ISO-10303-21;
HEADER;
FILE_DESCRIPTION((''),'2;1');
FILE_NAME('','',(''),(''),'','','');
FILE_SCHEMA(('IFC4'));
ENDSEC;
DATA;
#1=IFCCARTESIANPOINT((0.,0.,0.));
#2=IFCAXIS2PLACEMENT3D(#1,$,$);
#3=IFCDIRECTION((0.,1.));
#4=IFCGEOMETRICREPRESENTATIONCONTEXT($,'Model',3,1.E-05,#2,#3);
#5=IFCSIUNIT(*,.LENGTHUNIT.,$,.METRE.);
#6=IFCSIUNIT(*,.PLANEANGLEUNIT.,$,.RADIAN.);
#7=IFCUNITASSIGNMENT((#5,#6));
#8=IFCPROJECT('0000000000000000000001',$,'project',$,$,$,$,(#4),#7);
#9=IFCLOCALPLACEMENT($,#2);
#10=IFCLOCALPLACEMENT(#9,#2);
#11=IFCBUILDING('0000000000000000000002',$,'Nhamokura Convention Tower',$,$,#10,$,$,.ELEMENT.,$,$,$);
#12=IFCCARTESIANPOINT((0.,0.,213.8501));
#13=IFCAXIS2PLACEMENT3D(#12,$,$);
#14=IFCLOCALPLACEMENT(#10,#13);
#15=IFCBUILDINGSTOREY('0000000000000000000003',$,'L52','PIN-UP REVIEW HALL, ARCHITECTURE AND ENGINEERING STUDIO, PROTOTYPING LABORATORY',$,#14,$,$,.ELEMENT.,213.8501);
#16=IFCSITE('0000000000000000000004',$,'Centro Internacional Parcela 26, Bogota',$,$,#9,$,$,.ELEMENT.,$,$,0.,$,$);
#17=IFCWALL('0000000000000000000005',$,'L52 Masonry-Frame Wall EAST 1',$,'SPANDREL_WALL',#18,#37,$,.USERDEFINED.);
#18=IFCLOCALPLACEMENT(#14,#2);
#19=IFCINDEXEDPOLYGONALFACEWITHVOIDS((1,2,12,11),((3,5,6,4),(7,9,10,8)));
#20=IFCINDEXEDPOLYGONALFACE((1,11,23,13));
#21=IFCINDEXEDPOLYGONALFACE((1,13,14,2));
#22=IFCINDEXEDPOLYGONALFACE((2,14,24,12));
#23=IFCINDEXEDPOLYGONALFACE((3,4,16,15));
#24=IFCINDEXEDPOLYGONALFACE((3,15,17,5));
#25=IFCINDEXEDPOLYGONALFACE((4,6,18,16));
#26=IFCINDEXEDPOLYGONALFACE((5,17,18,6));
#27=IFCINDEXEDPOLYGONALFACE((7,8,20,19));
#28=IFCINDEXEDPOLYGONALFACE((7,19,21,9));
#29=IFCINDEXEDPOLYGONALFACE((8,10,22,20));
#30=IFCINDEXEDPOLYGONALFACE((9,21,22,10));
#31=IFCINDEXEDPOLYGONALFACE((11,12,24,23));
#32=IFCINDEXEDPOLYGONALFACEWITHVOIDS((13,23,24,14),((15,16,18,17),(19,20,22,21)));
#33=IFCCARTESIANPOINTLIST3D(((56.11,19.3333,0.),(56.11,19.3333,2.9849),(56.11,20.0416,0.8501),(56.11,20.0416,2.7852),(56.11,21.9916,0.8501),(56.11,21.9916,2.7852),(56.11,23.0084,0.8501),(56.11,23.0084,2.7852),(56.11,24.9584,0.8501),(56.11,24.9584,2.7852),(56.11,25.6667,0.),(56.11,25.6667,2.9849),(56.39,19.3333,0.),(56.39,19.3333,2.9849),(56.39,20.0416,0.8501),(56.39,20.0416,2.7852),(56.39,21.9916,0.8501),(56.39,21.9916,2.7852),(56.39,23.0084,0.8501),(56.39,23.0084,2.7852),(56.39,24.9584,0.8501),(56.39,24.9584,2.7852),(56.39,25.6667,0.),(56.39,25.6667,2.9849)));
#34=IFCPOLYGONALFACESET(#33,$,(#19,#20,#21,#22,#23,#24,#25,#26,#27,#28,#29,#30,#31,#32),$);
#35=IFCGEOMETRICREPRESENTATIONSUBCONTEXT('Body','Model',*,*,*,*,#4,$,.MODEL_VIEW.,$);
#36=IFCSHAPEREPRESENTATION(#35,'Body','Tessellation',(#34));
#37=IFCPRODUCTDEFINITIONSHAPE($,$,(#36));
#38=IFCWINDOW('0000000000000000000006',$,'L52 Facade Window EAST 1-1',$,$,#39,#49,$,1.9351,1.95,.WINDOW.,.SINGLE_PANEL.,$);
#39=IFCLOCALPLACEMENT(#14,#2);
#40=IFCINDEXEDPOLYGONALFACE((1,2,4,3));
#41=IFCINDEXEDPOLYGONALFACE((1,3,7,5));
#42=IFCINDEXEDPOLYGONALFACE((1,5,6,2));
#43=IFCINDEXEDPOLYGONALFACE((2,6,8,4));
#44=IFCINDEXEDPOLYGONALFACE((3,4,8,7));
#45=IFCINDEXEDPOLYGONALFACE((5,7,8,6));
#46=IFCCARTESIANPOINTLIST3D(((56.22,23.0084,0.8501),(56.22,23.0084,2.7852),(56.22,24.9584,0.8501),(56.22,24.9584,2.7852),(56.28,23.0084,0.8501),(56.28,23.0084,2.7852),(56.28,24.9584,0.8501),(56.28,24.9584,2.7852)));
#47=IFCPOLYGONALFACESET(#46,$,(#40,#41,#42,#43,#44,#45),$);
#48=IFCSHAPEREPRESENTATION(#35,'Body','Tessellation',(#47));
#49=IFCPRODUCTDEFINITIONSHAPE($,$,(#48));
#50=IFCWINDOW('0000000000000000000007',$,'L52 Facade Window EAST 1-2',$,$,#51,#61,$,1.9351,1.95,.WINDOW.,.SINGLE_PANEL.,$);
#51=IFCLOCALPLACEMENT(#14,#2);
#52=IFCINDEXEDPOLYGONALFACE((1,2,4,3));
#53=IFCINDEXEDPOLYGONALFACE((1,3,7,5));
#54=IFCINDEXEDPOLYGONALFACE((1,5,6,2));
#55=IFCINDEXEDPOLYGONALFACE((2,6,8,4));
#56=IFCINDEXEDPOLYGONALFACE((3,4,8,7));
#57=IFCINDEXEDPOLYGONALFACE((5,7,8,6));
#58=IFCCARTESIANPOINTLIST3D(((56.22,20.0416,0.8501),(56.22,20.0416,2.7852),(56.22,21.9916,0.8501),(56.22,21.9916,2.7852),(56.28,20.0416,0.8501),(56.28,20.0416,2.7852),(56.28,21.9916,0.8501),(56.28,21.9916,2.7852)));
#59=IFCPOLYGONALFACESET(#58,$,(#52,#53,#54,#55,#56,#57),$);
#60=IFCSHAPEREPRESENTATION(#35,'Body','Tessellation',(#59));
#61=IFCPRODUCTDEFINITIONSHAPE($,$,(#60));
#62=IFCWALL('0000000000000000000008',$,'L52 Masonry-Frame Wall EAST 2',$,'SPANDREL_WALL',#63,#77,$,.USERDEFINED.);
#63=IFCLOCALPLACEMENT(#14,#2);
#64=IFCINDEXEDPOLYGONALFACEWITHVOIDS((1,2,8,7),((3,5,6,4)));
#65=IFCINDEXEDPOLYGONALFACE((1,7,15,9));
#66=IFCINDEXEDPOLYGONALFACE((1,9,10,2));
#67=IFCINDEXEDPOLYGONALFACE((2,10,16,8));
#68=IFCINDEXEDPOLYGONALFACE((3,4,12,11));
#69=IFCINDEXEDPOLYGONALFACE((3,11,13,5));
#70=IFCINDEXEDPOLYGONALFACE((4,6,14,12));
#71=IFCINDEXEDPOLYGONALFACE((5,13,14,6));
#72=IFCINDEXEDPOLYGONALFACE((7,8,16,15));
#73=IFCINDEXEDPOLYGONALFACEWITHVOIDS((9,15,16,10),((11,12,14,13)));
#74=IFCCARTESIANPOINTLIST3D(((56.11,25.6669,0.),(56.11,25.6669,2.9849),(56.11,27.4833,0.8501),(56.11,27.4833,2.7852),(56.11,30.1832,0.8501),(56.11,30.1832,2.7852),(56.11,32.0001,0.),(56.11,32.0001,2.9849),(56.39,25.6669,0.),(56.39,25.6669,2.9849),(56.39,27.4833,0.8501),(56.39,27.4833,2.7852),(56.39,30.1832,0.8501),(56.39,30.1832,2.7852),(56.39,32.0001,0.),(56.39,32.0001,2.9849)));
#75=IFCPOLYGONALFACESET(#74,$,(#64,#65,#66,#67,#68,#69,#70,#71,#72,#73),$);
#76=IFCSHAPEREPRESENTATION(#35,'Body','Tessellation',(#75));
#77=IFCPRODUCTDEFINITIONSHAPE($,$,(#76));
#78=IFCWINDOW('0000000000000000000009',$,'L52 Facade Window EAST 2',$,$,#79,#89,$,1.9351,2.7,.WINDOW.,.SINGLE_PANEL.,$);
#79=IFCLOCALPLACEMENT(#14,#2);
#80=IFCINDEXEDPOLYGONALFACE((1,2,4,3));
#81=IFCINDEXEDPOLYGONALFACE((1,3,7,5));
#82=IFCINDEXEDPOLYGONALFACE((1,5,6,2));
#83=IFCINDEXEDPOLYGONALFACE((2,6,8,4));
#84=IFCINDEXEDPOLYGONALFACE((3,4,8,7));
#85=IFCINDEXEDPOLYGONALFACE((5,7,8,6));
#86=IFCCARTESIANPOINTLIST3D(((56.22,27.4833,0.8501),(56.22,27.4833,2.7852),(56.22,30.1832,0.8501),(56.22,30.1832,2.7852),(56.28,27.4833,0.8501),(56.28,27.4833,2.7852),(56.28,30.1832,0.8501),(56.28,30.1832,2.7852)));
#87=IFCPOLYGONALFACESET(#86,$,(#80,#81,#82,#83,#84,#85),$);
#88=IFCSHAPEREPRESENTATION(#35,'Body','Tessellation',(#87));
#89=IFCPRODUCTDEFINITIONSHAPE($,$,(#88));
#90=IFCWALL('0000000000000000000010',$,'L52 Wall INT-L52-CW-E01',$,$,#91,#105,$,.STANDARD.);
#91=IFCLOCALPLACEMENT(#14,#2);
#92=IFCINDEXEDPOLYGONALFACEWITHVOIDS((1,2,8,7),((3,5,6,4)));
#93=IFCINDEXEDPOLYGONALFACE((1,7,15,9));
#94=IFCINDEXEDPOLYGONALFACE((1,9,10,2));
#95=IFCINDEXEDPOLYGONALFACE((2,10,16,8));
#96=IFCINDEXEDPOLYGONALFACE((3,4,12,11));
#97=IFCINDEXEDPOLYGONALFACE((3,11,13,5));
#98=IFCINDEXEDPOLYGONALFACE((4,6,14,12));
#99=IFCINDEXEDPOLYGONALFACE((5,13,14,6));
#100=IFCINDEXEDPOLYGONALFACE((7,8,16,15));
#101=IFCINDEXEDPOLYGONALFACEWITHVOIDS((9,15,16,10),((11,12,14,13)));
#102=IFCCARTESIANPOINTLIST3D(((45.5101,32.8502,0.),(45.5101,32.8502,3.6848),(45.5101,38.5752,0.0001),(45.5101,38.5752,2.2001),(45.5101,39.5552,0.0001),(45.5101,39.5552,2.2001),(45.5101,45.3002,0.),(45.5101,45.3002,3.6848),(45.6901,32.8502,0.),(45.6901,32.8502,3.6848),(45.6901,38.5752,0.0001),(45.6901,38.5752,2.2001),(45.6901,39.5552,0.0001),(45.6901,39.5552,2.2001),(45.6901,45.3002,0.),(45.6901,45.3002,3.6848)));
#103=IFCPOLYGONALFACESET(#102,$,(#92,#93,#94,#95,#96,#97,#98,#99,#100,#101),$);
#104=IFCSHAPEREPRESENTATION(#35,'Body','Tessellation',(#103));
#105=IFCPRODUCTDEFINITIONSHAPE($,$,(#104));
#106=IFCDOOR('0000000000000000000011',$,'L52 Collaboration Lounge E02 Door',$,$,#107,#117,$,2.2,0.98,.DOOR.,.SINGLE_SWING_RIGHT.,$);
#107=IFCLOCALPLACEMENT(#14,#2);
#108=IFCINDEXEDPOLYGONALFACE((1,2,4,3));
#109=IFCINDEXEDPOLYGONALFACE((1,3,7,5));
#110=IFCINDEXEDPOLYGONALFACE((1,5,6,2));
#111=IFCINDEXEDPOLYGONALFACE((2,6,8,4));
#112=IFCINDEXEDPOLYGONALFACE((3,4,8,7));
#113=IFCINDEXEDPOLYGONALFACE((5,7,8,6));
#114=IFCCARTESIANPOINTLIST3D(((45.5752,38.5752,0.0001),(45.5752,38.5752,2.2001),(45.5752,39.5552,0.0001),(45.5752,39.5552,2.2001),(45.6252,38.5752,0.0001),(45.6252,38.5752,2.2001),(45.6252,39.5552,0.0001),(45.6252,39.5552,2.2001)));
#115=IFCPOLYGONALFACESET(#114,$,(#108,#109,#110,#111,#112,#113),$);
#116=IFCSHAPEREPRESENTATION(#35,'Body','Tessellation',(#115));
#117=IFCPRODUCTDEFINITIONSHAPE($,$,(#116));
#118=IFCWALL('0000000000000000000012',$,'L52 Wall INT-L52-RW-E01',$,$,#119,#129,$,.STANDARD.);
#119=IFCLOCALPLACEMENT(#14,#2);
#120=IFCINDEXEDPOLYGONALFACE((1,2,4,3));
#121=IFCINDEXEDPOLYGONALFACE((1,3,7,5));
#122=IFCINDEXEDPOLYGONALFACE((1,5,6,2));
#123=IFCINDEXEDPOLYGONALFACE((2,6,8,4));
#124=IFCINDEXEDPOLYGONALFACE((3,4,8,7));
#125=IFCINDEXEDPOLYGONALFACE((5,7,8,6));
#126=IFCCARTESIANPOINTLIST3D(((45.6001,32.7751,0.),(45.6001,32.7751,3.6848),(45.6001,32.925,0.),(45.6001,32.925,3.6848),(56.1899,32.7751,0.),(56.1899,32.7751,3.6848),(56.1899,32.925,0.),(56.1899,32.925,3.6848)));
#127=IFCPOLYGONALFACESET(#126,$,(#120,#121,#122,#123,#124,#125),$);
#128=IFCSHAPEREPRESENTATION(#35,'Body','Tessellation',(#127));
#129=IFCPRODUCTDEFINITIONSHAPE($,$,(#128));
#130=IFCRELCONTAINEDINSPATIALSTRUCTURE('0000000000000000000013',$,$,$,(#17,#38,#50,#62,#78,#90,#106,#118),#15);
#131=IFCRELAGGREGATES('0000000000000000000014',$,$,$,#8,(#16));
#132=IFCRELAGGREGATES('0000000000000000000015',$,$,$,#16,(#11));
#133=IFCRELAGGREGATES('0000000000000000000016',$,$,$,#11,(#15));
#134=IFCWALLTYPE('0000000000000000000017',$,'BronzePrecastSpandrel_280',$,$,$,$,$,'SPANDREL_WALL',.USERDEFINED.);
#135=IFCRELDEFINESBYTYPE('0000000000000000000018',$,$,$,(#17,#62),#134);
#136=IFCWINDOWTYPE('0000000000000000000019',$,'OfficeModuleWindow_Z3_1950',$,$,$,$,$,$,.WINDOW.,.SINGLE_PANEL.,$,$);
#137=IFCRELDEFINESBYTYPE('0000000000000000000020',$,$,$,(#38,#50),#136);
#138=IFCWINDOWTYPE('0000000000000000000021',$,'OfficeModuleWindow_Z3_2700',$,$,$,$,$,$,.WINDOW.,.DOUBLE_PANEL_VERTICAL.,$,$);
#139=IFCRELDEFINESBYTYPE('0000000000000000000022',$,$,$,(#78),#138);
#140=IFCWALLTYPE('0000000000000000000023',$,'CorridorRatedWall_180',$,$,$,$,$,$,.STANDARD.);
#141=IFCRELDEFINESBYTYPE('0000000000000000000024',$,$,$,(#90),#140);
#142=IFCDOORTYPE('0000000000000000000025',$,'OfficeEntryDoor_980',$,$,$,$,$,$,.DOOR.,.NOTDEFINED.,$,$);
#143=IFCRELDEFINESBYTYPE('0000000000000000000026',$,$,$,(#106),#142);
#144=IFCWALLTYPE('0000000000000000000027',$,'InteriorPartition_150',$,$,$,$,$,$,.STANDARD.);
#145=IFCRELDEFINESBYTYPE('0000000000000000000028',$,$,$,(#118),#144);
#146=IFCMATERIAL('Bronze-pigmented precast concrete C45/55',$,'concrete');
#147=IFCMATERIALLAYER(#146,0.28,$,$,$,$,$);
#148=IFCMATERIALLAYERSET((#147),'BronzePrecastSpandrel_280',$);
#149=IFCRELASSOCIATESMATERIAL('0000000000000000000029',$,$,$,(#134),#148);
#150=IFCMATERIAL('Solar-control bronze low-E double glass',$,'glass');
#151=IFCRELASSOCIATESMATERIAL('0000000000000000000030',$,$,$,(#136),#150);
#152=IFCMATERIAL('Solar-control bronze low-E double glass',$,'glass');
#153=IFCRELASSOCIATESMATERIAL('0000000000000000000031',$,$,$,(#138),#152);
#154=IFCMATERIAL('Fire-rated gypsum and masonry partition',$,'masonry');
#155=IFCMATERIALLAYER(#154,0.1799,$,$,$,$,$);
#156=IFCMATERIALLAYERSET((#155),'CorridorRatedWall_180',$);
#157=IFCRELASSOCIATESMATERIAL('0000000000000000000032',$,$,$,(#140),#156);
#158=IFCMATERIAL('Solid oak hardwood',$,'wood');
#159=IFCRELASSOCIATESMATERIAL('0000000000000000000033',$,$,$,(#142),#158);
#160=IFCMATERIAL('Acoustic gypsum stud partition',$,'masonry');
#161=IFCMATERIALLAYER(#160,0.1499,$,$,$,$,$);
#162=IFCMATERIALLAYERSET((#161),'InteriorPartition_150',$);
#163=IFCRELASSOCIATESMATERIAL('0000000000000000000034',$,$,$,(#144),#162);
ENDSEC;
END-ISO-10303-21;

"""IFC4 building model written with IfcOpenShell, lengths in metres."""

from ifc_helpers import new_model, si_unit, direction, frame, frame_2d, origin, place, context, subcontext, project, spatial, rectangle, extrude, material, layer, layer_set, type_object, element, fill, save


model = new_model("IFC4")

# Units and contexts
model_context = context("Model", 3, precision=1e-05, world=origin(), true_north=direction((0.0, 1.0)))
body_context = subcontext(model_context, "Body", "Model", "MODEL_VIEW")
ifc_project = project(units=[si_unit("LENGTHUNIT", "METRE"), si_unit("PLANEANGLEUNIT", "RADIAN")], contexts=[model_context])

# Site, building, storey
site_placement = place(None, origin())
site = spatial("IfcSite", under=ifc_project, at=site_placement, Name="Centro Internacional Parcela 26, Bogota", CompositionType="ELEMENT", RefElevation=0.0)
building_placement = place(site_placement, origin())
building = spatial("IfcBuilding", under=site, at=building_placement, Name="Nhamokura Convention Tower", CompositionType="ELEMENT")
storey_placement = place(building_placement, frame((0.0, 0.0, 213.8501)))
storey = spatial("IfcBuildingStorey", under=building, at=storey_placement, Name="L52", Description="PIN-UP REVIEW HALL, ARCHITECTURE AND ENGINEERING STUDIO, PROTOTYPING LABORATORY", CompositionType="ELEMENT", Elevation=213.8501)

# Wall, openings, windows
ifc_material_1 = material(Name="Bronze-pigmented precast concrete C45/55", Category="concrete")
ifc_layer_1 = layer(ifc_material_1, 0.28)
ifc_layer_set_1 = layer_set([ifc_layer_1], Name="BronzePrecastSpandrel_280")
wall_type_1 = type_object("IfcWallType", Name="BronzePrecastSpandrel_280", ElementType="SPANDREL_WALL", PredefinedType="USERDEFINED", material=ifc_layer_set_1)
wall_1_placement = place(storey_placement, frame((56.25, 25.6667, 0.0), z_axis=(0.0, 0.0, 1.0), x_axis=(0.0, -1.0, 0.0)))
wall_1 = element("IfcWall", 1, at=wall_1_placement, inside=storey, type_object=wall_type_1, Name="L52 Masonry-Frame Wall EAST 1", ObjectType="SPANDREL_WALL", PredefinedType="USERDEFINED", context=body_context, shape_type="SweptSolid", body=[
    extrude(rectangle(XDim=6.3335, YDim=0.28, at=frame_2d((3.1667, 0.0))), origin(), (0.0, 0.0, 1.0), 2.9849),
])
opening_1_placement = place(wall_1_placement, frame((0.7083, 0.0, 0.8501)))
opening_1 = element("IfcOpeningElement", 2, at=opening_1_placement, cuts=wall_1, PredefinedType="OPENING", context=body_context, shape_type="SweptSolid", body=[
    extrude(rectangle(XDim=1.95, YDim=1.9351, at=frame_2d((0.9751, 0.9675))), frame((0.0, 0.1499, 0.0), z_axis=(0.0, -1.0, 0.0), x_axis=(1.0, 0.0, 0.0)), (0.0, 0.0, 1.0), 0.3),
])
opening_2_placement = place(wall_1_placement, frame((3.675, 0.0, 0.8501)))
opening_2 = element("IfcOpeningElement", 3, at=opening_2_placement, cuts=wall_1, PredefinedType="OPENING", context=body_context, shape_type="SweptSolid", body=[
    extrude(rectangle(XDim=1.95, YDim=1.9351, at=frame_2d((0.9751, 0.9675))), frame((0.0, 0.1499, 0.0), z_axis=(0.0, -1.0, 0.0), x_axis=(1.0, 0.0, 0.0)), (0.0, 0.0, 1.0), 0.3),
])
ifc_material_2 = material(Name="Solar-control bronze low-E double glass", Category="glass")
window_type_1 = type_object("IfcWindowType", Name="OfficeModuleWindow_Z3_1950", PartitioningType="SINGLE_PANEL", PredefinedType="WINDOW", material=ifc_material_2)
window_1_placement = place(opening_1_placement, origin())
window_1 = element("IfcWindow", 4, at=window_1_placement, inside=storey, type_object=window_type_1, Name="L52 Facade Window EAST 1-1", OverallHeight=1.9351, OverallWidth=1.95, PartitioningType="SINGLE_PANEL", PredefinedType="WINDOW", context=body_context, shape_type="SweptSolid", body=[
    extrude(rectangle(XDim=1.95, YDim=1.9351, at=frame_2d((0.9751, 0.9675))), frame((0.0, 0.03, 0.0), z_axis=(0.0, -1.0, 0.0), x_axis=(1.0, 0.0, 0.0)), (0.0, 0.0, 1.0), 0.0601),
])
fill(opening_1, window_1)
window_2_placement = place(opening_2_placement, origin())
window_2 = element("IfcWindow", 5, at=window_2_placement, inside=storey, type_object=window_type_1, Name="L52 Facade Window EAST 1-2", OverallHeight=1.9351, OverallWidth=1.95, PartitioningType="SINGLE_PANEL", PredefinedType="WINDOW", context=body_context, shape_type="SweptSolid", body=[
    extrude(rectangle(XDim=1.95, YDim=1.9351, at=frame_2d((0.9751, 0.9675))), frame((0.0, 0.03, 0.0), z_axis=(0.0, -1.0, 0.0), x_axis=(1.0, 0.0, 0.0)), (0.0, 0.0, 1.0), 0.0601),
])
fill(opening_2, window_2)

# Wall, opening, window
wall_2_placement = place(storey_placement, frame((56.25, 32.0, 0.0), z_axis=(0.0, 0.0, 1.0), x_axis=(0.0, -1.0, 0.0)))
wall_2 = element("IfcWall", 6, at=wall_2_placement, inside=storey, type_object=wall_type_1, Name="L52 Masonry-Frame Wall EAST 2", ObjectType="SPANDREL_WALL", PredefinedType="USERDEFINED", context=body_context, shape_type="SweptSolid", body=[
    extrude(rectangle(XDim=6.3333, YDim=0.28, at=frame_2d((3.1665, 0.0))), origin(), (0.0, 0.0, 1.0), 2.9849),
])
opening_3_placement = place(wall_2_placement, frame((1.8167, 0.0, 0.8501)))
opening_3 = element("IfcOpeningElement", 7, at=opening_3_placement, cuts=wall_2, PredefinedType="OPENING", context=body_context, shape_type="SweptSolid", body=[
    extrude(rectangle(XDim=2.7, YDim=1.9351, at=frame_2d((1.3501, 0.9675))), frame((0.0, 0.1499, 0.0), z_axis=(0.0, -1.0, 0.0), x_axis=(1.0, 0.0, 0.0)), (0.0, 0.0, 1.0), 0.3),
])
ifc_material_3 = material(Name="Solar-control bronze low-E double glass", Category="glass")
window_type_2 = type_object("IfcWindowType", Name="OfficeModuleWindow_Z3_2700", PartitioningType="DOUBLE_PANEL_VERTICAL", PredefinedType="WINDOW", material=ifc_material_3)
window_3_placement = place(opening_3_placement, origin())
window_3 = element("IfcWindow", 8, at=window_3_placement, inside=storey, type_object=window_type_2, Name="L52 Facade Window EAST 2", OverallHeight=1.9351, OverallWidth=2.7, PartitioningType="SINGLE_PANEL", PredefinedType="WINDOW", context=body_context, shape_type="SweptSolid", body=[
    extrude(rectangle(XDim=2.7, YDim=1.9351, at=frame_2d((1.3501, 0.9675))), frame((0.0, 0.03, 0.0), z_axis=(0.0, -1.0, 0.0), x_axis=(1.0, 0.0, 0.0)), (0.0, 0.0, 1.0), 0.0601),
])
fill(opening_3, window_3)

# Wall, opening, door
ifc_material_4 = material(Name="Fire-rated gypsum and masonry partition", Category="masonry")
ifc_layer_2 = layer(ifc_material_4, 0.1799)
ifc_layer_set_2 = layer_set([ifc_layer_2], Name="CorridorRatedWall_180")
wall_type_2 = type_object("IfcWallType", Name="CorridorRatedWall_180", PredefinedType="STANDARD", material=ifc_layer_set_2)
wall_3_placement = place(storey_placement, frame((45.6001, 32.8501, 0.0), z_axis=(0.0, 0.0, 1.0), x_axis=(0.0, 1.0, 0.0)))
wall_3 = element("IfcWall", 9, at=wall_3_placement, inside=storey, type_object=wall_type_2, Name="L52 Wall INT-L52-CW-E01", PredefinedType="STANDARD", context=body_context, shape_type="SweptSolid", body=[
    extrude(rectangle(XDim=12.45, YDim=0.1799, at=frame_2d((6.2251, 0.0))), origin(), (0.0, 0.0, 1.0), 3.6848),
])
opening_4_placement = place(wall_3_placement, frame((5.7251, 0.0, 0.0)))
opening_4 = element("IfcOpeningElement", 10, at=opening_4_placement, cuts=wall_3, PredefinedType="OPENING", context=body_context, shape_type="SweptSolid", body=[
    extrude(rectangle(XDim=0.98, YDim=2.2, at=frame_2d((0.49, 1.1001))), frame((0.0, 0.0999, 0.0), z_axis=(0.0, -1.0, 0.0), x_axis=(1.0, 0.0, 0.0)), (0.0, 0.0, 1.0), 0.2),
])
ifc_material_5 = material(Name="Solid oak hardwood", Category="wood")
door_type_1 = type_object("IfcDoorType", Name="OfficeEntryDoor_980", OperationType="NOTDEFINED", PredefinedType="DOOR", material=ifc_material_5)
door_1_placement = place(opening_4_placement, origin())
door_1 = element("IfcDoor", 11, at=door_1_placement, inside=storey, type_object=door_type_1, Name="L52 Collaboration Lounge E02 Door", OperationType="SINGLE_SWING_RIGHT", OverallHeight=2.2, OverallWidth=0.98, PredefinedType="DOOR", context=body_context, shape_type="SweptSolid", body=[
    extrude(rectangle(XDim=0.98, YDim=2.2, at=frame_2d((0.49, 1.1001))), frame((0.0, 0.0249, 0.0), z_axis=(0.0, -1.0, 0.0), x_axis=(1.0, 0.0, 0.0)), (0.0, 0.0, 1.0), 0.05),
])
fill(opening_4, door_1)

# Wall
ifc_material_6 = material(Name="Acoustic gypsum stud partition", Category="masonry")
ifc_layer_3 = layer(ifc_material_6, 0.1499)
ifc_layer_set_3 = layer_set([ifc_layer_3], Name="InteriorPartition_150")
wall_type_3 = type_object("IfcWallType", Name="InteriorPartition_150", PredefinedType="STANDARD", material=ifc_layer_set_3)
wall_4_placement = place(storey_placement, frame((45.6001, 32.8501, 0.0), z_axis=(0.0, 0.0, 1.0), x_axis=(1.0, 0.0, 0.0)))
element("IfcWall", 12, at=wall_4_placement, inside=storey, type_object=wall_type_3, Name="L52 Wall INT-L52-RW-E01", PredefinedType="STANDARD", context=body_context, shape_type="SweptSolid", body=[
    extrude(rectangle(XDim=10.5898, YDim=0.1499, at=frame_2d((5.2949, 0.0))), origin(), (0.0, 0.0, 1.0), 3.6848),
])

save(model, "model.ifc")
